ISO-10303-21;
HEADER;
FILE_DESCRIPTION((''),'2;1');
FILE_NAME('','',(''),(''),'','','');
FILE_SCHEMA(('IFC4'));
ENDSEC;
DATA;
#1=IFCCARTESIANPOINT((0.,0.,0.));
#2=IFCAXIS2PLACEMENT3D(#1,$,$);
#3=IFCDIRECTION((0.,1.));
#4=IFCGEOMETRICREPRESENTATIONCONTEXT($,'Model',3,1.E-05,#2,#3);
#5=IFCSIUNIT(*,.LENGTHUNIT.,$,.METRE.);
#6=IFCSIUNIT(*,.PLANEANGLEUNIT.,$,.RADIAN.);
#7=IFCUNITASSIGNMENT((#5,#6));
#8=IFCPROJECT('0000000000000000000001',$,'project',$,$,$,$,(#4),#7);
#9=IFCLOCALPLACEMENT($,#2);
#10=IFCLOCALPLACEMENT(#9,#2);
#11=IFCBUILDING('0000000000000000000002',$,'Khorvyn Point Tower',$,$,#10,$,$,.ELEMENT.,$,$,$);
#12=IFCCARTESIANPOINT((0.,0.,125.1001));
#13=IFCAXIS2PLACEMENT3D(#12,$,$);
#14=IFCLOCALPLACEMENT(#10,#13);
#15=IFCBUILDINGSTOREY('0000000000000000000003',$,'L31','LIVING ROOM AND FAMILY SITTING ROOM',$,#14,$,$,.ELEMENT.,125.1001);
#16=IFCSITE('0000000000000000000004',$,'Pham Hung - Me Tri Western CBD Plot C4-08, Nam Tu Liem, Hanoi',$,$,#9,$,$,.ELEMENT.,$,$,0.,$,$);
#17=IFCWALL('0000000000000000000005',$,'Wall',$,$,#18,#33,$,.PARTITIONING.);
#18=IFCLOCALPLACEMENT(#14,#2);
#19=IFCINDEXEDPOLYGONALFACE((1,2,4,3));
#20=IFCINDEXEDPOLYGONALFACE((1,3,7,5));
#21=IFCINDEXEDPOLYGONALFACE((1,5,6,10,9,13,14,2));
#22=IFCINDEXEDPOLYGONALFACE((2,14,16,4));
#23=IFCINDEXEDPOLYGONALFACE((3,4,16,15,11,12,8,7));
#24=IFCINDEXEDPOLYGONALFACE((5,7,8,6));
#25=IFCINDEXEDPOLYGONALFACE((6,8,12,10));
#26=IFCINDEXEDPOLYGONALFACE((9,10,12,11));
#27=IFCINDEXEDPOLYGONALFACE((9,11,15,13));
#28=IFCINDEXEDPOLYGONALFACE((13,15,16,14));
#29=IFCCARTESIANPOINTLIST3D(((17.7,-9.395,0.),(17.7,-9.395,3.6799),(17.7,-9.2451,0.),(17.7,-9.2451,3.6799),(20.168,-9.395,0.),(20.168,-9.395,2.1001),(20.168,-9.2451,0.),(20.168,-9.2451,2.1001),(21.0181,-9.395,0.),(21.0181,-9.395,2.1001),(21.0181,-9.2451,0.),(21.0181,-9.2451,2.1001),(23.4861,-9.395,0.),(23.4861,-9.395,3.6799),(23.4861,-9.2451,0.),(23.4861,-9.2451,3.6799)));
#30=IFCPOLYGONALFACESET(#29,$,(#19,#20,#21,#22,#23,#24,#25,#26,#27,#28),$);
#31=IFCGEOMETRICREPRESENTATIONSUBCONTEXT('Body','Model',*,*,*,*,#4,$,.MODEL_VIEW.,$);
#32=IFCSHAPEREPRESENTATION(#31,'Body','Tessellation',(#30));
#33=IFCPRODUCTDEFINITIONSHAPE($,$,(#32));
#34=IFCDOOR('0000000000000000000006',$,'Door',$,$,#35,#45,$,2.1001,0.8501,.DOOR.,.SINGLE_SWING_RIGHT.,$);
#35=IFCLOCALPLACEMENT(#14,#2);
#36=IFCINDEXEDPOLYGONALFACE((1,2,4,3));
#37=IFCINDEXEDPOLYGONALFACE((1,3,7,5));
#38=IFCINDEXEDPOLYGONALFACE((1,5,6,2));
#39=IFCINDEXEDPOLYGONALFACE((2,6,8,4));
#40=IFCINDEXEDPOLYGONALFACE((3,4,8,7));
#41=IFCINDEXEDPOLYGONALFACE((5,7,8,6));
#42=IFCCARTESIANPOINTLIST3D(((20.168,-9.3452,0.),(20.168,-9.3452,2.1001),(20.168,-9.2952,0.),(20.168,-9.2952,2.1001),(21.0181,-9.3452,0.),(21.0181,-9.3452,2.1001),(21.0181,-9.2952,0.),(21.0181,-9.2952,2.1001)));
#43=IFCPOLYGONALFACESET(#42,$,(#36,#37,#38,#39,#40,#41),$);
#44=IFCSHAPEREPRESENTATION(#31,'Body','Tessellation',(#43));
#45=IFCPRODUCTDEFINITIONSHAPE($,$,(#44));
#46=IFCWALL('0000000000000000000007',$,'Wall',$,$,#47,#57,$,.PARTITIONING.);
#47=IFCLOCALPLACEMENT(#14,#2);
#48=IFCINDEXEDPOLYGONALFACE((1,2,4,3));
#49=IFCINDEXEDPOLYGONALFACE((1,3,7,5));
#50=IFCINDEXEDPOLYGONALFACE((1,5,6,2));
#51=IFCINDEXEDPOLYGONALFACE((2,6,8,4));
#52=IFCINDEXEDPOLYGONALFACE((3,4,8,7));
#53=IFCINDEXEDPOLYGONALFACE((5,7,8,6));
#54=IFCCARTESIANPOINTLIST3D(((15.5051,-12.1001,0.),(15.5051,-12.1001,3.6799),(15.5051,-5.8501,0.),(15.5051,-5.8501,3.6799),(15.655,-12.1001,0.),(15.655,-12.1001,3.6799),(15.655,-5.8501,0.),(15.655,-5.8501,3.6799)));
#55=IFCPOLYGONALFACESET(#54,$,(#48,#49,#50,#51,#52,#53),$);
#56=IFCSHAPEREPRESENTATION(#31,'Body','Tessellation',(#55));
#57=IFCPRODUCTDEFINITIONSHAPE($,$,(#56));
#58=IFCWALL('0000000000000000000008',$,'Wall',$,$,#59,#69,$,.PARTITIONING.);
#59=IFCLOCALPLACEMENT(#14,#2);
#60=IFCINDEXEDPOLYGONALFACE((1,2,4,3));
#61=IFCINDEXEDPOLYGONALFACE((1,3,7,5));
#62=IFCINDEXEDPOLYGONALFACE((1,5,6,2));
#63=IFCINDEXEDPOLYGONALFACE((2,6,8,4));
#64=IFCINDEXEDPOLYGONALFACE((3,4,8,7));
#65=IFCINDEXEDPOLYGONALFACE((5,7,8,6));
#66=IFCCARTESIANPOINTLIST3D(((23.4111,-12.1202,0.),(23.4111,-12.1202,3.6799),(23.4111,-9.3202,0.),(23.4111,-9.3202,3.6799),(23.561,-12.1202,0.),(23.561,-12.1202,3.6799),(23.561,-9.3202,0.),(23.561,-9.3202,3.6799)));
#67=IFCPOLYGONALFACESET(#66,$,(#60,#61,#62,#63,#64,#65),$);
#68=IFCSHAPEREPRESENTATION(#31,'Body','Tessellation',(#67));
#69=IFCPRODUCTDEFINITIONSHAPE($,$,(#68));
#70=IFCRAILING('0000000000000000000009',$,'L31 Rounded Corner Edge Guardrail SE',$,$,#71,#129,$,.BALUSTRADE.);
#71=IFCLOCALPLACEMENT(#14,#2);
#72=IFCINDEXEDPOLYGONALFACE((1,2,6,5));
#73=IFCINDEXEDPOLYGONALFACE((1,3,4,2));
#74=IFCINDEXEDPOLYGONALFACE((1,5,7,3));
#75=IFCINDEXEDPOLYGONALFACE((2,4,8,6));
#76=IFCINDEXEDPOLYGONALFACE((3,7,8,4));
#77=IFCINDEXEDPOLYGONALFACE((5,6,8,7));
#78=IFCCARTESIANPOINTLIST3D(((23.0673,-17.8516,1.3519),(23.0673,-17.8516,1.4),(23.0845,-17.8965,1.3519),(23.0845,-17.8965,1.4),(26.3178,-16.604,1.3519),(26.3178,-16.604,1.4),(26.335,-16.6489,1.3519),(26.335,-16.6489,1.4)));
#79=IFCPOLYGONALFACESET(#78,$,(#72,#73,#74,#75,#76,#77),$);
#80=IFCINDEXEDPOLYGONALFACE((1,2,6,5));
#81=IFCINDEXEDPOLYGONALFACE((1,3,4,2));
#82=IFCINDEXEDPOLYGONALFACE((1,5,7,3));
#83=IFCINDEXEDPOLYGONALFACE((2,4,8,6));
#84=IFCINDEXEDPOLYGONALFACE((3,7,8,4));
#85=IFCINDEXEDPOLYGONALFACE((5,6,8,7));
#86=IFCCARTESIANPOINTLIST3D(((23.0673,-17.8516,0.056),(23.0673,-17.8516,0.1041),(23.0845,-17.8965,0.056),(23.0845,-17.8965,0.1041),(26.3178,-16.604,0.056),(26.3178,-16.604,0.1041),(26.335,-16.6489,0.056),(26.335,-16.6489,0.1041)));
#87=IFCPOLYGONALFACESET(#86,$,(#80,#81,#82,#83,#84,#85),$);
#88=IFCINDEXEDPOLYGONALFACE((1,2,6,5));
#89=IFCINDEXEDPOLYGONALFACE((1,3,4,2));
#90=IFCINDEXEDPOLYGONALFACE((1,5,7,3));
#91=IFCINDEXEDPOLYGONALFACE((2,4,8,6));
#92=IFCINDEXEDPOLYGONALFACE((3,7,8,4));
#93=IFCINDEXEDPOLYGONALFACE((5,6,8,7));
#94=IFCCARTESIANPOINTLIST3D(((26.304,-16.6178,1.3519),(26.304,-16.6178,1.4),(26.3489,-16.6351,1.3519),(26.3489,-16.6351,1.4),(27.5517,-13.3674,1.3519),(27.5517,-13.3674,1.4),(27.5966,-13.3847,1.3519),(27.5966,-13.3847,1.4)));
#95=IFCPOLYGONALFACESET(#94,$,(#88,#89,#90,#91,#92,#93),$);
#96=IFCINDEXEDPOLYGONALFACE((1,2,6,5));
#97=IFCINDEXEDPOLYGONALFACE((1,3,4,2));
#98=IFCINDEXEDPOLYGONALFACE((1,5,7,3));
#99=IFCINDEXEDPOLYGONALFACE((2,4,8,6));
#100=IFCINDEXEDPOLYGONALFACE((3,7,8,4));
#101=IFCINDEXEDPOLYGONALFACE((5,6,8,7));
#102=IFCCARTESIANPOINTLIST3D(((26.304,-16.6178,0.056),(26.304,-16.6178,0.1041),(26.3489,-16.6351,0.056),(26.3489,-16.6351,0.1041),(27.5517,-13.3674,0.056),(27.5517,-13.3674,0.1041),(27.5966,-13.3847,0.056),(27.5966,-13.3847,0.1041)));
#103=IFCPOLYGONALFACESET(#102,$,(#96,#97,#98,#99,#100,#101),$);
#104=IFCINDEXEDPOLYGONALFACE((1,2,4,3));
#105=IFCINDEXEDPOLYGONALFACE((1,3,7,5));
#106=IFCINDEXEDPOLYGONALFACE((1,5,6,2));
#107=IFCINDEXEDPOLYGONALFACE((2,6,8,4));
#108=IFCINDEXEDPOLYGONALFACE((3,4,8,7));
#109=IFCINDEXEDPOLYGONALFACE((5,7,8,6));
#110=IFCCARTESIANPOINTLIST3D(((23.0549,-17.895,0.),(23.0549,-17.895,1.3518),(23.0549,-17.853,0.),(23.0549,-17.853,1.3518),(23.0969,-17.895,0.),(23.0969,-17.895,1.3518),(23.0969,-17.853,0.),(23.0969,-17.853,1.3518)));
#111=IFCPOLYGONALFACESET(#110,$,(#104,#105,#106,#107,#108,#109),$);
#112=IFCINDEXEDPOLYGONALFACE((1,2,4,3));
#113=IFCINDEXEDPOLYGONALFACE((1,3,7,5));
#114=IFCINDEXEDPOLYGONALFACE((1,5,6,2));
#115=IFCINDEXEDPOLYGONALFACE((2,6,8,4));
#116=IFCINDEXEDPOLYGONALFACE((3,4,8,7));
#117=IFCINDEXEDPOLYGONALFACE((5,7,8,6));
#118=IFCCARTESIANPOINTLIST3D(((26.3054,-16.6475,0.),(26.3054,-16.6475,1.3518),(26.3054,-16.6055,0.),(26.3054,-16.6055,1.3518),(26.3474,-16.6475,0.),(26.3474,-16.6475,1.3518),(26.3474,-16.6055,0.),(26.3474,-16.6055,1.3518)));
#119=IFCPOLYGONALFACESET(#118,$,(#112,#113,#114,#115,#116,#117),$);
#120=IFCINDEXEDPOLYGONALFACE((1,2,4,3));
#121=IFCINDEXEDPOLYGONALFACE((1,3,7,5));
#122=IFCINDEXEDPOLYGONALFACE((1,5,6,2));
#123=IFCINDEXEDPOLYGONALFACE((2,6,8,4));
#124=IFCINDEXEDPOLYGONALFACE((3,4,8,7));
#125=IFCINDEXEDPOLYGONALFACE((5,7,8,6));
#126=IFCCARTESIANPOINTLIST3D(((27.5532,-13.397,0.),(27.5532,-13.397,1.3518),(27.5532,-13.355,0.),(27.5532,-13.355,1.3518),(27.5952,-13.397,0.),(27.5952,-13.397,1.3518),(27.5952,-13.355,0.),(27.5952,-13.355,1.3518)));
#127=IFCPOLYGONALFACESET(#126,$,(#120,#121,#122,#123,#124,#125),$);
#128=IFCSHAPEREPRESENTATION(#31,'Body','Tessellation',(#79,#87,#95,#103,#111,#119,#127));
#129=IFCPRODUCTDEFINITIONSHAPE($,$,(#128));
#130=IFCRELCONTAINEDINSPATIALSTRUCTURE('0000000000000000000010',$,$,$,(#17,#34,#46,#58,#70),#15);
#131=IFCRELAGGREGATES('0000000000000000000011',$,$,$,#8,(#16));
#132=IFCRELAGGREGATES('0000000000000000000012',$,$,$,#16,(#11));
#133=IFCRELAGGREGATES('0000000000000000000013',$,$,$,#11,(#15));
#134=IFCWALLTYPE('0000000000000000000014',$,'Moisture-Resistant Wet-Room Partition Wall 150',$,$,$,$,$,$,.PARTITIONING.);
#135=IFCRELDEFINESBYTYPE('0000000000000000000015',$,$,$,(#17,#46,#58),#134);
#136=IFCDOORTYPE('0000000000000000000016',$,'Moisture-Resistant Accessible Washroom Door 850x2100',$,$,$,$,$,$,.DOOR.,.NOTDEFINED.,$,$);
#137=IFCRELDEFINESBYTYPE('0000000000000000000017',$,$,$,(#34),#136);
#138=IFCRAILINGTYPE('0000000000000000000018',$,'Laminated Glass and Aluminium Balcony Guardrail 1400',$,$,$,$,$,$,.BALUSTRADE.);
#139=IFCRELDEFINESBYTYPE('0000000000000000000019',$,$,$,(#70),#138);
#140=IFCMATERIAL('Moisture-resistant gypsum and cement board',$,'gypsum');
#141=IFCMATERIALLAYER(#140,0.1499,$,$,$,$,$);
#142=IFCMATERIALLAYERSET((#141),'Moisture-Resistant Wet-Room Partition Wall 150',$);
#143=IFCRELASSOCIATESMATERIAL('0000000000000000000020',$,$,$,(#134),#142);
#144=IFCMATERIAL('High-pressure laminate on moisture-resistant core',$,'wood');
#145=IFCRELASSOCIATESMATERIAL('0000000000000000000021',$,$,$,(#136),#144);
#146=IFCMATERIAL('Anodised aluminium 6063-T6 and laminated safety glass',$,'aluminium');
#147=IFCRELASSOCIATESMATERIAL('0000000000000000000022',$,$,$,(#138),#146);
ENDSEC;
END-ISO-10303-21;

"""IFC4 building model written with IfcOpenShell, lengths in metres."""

from ifc_helpers import new_model, si_unit, direction, frame, frame_2d, origin, origin_2d, place, context, subcontext, project, spatial, rectangle, extrude, material, layer, layer_set, type_object, element, fill, save


model = new_model("IFC4")

# Units and contexts
model_context = context("Model", 3, precision=1e-05, world=origin(), true_north=direction((0.0, 1.0)))
body_context = subcontext(model_context, "Body", "Model", "MODEL_VIEW")
ifc_project = project(units=[si_unit("LENGTHUNIT", "METRE"), si_unit("PLANEANGLEUNIT", "RADIAN")], contexts=[model_context])

# Site, building, storey
site_placement = place(None, origin())
site = spatial("IfcSite", under=ifc_project, at=site_placement, Name="Pham Hung - Me Tri Western CBD Plot C4-08, Nam Tu Liem, Hanoi", CompositionType="ELEMENT", RefElevation=0.0)
building_placement = place(site_placement, origin())
building = spatial("IfcBuilding", under=site, at=building_placement, Name="Khorvyn Point Tower", CompositionType="ELEMENT")
storey_placement = place(building_placement, frame((0.0, 0.0, 125.1001)))
storey = spatial("IfcBuildingStorey", under=building, at=storey_placement, Name="L31", Description="LIVING ROOM AND FAMILY SITTING ROOM", CompositionType="ELEMENT", Elevation=125.1001)

# Wall, opening, door
ifc_material_1 = material(Name="Moisture-resistant gypsum and cement board", Category="gypsum")
ifc_layer_1 = layer(ifc_material_1, 0.1499)
ifc_layer_set_1 = layer_set([ifc_layer_1], Name="Moisture-Resistant Wet-Room Partition Wall 150")
wall_type_1 = type_object("IfcWallType", Name="Moisture-Resistant Wet-Room Partition Wall 150", PredefinedType="PARTITIONING", material=ifc_layer_set_1)
wall_1_placement = place(storey_placement, frame((17.7, -9.3201, 0.0), z_axis=(0.0, 0.0, 1.0), x_axis=(1.0, 0.0, 0.0)))
wall_1 = element("IfcWall", 1, at=wall_1_placement, inside=storey, type_object=wall_type_1, Name="Wall", PredefinedType="PARTITIONING", context=body_context, shape_type="SweptSolid", body=[
    extrude(rectangle(XDim=5.7861, YDim=0.1499, at=frame_2d((2.8931, 0.0))), origin(), (0.0, 0.0, 1.0), 3.6799),
])
opening_1_placement = place(wall_1_placement, frame((2.468, 0.0, 0.0)))
opening_1 = element("IfcOpeningElement", 2, at=opening_1_placement, cuts=wall_1, PredefinedType="OPENING", context=body_context, shape_type="SweptSolid", body=[
    extrude(rectangle(XDim=0.8501, YDim=2.1001, at=frame_2d((0.425, 1.05))), frame((0.0, 0.085, 0.0), z_axis=(0.0, -1.0, 0.0), x_axis=(1.0, 0.0, 0.0)), (0.0, 0.0, 1.0), 0.1699),
])
ifc_material_2 = material(Name="High-pressure laminate on moisture-resistant core", Category="wood")
door_type_1 = type_object("IfcDoorType", Name="Moisture-Resistant Accessible Washroom Door 850x2100", OperationType="NOTDEFINED", PredefinedType="DOOR", material=ifc_material_2)
door_1_placement = place(opening_1_placement, origin())
door_1 = element("IfcDoor", 3, at=door_1_placement, inside=storey, type_object=door_type_1, Name="Door", OperationType="SINGLE_SWING_RIGHT", OverallHeight=2.1001, OverallWidth=0.8501, PredefinedType="DOOR", context=body_context, shape_type="SweptSolid", body=[
    extrude(rectangle(XDim=0.8501, YDim=2.1001, at=frame_2d((0.425, 1.05))), frame((0.0, 0.0249, 0.0), z_axis=(0.0, -1.0, 0.0), x_axis=(1.0, 0.0, 0.0)), (0.0, 0.0, 1.0), 0.05),
])
fill(opening_1, door_1)

# Walls
wall_2_placement = place(storey_placement, frame((15.5801, -12.1001, 0.0), z_axis=(0.0, 0.0, 1.0), x_axis=(0.0, 1.0, 0.0)))
element("IfcWall", 4, at=wall_2_placement, inside=storey, type_object=wall_type_1, Name="Wall", PredefinedType="PARTITIONING", context=body_context, shape_type="SweptSolid", body=[
    extrude(rectangle(XDim=6.25, YDim=0.1499, at=frame_2d((3.125, 0.0))), origin(), (0.0, 0.0, 1.0), 3.6799),
])
wall_3_placement = place(storey_placement, frame((23.4861, -12.1201, 0.0), z_axis=(0.0, 0.0, 1.0), x_axis=(0.0, 1.0, 0.0)))
element("IfcWall", 5, at=wall_3_placement, inside=storey, type_object=wall_type_1, Name="Wall", PredefinedType="PARTITIONING", context=body_context, shape_type="SweptSolid", body=[
    extrude(rectangle(XDim=2.8, YDim=0.1499, at=frame_2d((1.3999, 0.0))), origin(), (0.0, 0.0, 1.0), 3.6799),
])

# Railing
ifc_material_3 = material(Name="Anodised aluminium 6063-T6 and laminated safety glass", Category="aluminium")
railing_type = type_object("IfcRailingType", Name="Laminated Glass and Aluminium Balcony Guardrail 1400", PredefinedType="BALUSTRADE", material=ifc_material_3)
railing_placement = place(storey_placement, frame((23.0759, -17.874, 0.0)))
element("IfcRailing", 6, at=railing_placement, inside=storey, type_object=railing_type, Name="L31 Rounded Corner Edge Guardrail SE", PredefinedType="BALUSTRADE", context=body_context, shape_type="SweptSolid", body=[
    extrude(rectangle(XDim=0.0481, YDim=0.0481, at=origin_2d()), frame((0.0, 0.0, 1.376), z_axis=(0.933598, 0.358321, 0.0), x_axis=(-0.358321, 0.933598, 0.0)), (0.0, 0.0, 1.0), 3.4817),
    extrude(rectangle(XDim=0.0481, YDim=0.0481, at=origin_2d()), frame((0.0, 0.0, 0.0801), z_axis=(0.933598, 0.358321, 0.0), x_axis=(-0.358321, 0.933598, 0.0)), (0.0, 0.0, 1.0), 3.4817),
    extrude(rectangle(XDim=0.0481, YDim=0.0481, at=origin_2d()), frame((3.2505, 1.2476, 1.376), z_axis=(0.358382, 0.933575, 0.0), x_axis=(-0.933575, 0.358382, 0.0)), (0.0, 0.0, 1.0), 3.4817),
    extrude(rectangle(XDim=0.0481, YDim=0.0481, at=origin_2d()), frame((3.2505, 1.2476, 0.0801), z_axis=(0.358382, 0.933575, 0.0), x_axis=(-0.933575, 0.358382, 0.0)), (0.0, 0.0, 1.0), 3.4817),
    extrude(rectangle(XDim=0.042, YDim=0.042, at=origin_2d()), origin(), (0.0, 0.0, 1.0), 1.3518),
    extrude(rectangle(XDim=0.042, YDim=0.042, at=origin_2d()), frame((3.2505, 1.2476, 0.0)), (0.0, 0.0, 1.0), 1.3518),
    extrude(rectangle(XDim=0.042, YDim=0.042, at=origin_2d()), frame((4.4983, 4.498, 0.0)), (0.0, 0.0, 1.0), 1.3518),
])

save(model, "model.ifc")
